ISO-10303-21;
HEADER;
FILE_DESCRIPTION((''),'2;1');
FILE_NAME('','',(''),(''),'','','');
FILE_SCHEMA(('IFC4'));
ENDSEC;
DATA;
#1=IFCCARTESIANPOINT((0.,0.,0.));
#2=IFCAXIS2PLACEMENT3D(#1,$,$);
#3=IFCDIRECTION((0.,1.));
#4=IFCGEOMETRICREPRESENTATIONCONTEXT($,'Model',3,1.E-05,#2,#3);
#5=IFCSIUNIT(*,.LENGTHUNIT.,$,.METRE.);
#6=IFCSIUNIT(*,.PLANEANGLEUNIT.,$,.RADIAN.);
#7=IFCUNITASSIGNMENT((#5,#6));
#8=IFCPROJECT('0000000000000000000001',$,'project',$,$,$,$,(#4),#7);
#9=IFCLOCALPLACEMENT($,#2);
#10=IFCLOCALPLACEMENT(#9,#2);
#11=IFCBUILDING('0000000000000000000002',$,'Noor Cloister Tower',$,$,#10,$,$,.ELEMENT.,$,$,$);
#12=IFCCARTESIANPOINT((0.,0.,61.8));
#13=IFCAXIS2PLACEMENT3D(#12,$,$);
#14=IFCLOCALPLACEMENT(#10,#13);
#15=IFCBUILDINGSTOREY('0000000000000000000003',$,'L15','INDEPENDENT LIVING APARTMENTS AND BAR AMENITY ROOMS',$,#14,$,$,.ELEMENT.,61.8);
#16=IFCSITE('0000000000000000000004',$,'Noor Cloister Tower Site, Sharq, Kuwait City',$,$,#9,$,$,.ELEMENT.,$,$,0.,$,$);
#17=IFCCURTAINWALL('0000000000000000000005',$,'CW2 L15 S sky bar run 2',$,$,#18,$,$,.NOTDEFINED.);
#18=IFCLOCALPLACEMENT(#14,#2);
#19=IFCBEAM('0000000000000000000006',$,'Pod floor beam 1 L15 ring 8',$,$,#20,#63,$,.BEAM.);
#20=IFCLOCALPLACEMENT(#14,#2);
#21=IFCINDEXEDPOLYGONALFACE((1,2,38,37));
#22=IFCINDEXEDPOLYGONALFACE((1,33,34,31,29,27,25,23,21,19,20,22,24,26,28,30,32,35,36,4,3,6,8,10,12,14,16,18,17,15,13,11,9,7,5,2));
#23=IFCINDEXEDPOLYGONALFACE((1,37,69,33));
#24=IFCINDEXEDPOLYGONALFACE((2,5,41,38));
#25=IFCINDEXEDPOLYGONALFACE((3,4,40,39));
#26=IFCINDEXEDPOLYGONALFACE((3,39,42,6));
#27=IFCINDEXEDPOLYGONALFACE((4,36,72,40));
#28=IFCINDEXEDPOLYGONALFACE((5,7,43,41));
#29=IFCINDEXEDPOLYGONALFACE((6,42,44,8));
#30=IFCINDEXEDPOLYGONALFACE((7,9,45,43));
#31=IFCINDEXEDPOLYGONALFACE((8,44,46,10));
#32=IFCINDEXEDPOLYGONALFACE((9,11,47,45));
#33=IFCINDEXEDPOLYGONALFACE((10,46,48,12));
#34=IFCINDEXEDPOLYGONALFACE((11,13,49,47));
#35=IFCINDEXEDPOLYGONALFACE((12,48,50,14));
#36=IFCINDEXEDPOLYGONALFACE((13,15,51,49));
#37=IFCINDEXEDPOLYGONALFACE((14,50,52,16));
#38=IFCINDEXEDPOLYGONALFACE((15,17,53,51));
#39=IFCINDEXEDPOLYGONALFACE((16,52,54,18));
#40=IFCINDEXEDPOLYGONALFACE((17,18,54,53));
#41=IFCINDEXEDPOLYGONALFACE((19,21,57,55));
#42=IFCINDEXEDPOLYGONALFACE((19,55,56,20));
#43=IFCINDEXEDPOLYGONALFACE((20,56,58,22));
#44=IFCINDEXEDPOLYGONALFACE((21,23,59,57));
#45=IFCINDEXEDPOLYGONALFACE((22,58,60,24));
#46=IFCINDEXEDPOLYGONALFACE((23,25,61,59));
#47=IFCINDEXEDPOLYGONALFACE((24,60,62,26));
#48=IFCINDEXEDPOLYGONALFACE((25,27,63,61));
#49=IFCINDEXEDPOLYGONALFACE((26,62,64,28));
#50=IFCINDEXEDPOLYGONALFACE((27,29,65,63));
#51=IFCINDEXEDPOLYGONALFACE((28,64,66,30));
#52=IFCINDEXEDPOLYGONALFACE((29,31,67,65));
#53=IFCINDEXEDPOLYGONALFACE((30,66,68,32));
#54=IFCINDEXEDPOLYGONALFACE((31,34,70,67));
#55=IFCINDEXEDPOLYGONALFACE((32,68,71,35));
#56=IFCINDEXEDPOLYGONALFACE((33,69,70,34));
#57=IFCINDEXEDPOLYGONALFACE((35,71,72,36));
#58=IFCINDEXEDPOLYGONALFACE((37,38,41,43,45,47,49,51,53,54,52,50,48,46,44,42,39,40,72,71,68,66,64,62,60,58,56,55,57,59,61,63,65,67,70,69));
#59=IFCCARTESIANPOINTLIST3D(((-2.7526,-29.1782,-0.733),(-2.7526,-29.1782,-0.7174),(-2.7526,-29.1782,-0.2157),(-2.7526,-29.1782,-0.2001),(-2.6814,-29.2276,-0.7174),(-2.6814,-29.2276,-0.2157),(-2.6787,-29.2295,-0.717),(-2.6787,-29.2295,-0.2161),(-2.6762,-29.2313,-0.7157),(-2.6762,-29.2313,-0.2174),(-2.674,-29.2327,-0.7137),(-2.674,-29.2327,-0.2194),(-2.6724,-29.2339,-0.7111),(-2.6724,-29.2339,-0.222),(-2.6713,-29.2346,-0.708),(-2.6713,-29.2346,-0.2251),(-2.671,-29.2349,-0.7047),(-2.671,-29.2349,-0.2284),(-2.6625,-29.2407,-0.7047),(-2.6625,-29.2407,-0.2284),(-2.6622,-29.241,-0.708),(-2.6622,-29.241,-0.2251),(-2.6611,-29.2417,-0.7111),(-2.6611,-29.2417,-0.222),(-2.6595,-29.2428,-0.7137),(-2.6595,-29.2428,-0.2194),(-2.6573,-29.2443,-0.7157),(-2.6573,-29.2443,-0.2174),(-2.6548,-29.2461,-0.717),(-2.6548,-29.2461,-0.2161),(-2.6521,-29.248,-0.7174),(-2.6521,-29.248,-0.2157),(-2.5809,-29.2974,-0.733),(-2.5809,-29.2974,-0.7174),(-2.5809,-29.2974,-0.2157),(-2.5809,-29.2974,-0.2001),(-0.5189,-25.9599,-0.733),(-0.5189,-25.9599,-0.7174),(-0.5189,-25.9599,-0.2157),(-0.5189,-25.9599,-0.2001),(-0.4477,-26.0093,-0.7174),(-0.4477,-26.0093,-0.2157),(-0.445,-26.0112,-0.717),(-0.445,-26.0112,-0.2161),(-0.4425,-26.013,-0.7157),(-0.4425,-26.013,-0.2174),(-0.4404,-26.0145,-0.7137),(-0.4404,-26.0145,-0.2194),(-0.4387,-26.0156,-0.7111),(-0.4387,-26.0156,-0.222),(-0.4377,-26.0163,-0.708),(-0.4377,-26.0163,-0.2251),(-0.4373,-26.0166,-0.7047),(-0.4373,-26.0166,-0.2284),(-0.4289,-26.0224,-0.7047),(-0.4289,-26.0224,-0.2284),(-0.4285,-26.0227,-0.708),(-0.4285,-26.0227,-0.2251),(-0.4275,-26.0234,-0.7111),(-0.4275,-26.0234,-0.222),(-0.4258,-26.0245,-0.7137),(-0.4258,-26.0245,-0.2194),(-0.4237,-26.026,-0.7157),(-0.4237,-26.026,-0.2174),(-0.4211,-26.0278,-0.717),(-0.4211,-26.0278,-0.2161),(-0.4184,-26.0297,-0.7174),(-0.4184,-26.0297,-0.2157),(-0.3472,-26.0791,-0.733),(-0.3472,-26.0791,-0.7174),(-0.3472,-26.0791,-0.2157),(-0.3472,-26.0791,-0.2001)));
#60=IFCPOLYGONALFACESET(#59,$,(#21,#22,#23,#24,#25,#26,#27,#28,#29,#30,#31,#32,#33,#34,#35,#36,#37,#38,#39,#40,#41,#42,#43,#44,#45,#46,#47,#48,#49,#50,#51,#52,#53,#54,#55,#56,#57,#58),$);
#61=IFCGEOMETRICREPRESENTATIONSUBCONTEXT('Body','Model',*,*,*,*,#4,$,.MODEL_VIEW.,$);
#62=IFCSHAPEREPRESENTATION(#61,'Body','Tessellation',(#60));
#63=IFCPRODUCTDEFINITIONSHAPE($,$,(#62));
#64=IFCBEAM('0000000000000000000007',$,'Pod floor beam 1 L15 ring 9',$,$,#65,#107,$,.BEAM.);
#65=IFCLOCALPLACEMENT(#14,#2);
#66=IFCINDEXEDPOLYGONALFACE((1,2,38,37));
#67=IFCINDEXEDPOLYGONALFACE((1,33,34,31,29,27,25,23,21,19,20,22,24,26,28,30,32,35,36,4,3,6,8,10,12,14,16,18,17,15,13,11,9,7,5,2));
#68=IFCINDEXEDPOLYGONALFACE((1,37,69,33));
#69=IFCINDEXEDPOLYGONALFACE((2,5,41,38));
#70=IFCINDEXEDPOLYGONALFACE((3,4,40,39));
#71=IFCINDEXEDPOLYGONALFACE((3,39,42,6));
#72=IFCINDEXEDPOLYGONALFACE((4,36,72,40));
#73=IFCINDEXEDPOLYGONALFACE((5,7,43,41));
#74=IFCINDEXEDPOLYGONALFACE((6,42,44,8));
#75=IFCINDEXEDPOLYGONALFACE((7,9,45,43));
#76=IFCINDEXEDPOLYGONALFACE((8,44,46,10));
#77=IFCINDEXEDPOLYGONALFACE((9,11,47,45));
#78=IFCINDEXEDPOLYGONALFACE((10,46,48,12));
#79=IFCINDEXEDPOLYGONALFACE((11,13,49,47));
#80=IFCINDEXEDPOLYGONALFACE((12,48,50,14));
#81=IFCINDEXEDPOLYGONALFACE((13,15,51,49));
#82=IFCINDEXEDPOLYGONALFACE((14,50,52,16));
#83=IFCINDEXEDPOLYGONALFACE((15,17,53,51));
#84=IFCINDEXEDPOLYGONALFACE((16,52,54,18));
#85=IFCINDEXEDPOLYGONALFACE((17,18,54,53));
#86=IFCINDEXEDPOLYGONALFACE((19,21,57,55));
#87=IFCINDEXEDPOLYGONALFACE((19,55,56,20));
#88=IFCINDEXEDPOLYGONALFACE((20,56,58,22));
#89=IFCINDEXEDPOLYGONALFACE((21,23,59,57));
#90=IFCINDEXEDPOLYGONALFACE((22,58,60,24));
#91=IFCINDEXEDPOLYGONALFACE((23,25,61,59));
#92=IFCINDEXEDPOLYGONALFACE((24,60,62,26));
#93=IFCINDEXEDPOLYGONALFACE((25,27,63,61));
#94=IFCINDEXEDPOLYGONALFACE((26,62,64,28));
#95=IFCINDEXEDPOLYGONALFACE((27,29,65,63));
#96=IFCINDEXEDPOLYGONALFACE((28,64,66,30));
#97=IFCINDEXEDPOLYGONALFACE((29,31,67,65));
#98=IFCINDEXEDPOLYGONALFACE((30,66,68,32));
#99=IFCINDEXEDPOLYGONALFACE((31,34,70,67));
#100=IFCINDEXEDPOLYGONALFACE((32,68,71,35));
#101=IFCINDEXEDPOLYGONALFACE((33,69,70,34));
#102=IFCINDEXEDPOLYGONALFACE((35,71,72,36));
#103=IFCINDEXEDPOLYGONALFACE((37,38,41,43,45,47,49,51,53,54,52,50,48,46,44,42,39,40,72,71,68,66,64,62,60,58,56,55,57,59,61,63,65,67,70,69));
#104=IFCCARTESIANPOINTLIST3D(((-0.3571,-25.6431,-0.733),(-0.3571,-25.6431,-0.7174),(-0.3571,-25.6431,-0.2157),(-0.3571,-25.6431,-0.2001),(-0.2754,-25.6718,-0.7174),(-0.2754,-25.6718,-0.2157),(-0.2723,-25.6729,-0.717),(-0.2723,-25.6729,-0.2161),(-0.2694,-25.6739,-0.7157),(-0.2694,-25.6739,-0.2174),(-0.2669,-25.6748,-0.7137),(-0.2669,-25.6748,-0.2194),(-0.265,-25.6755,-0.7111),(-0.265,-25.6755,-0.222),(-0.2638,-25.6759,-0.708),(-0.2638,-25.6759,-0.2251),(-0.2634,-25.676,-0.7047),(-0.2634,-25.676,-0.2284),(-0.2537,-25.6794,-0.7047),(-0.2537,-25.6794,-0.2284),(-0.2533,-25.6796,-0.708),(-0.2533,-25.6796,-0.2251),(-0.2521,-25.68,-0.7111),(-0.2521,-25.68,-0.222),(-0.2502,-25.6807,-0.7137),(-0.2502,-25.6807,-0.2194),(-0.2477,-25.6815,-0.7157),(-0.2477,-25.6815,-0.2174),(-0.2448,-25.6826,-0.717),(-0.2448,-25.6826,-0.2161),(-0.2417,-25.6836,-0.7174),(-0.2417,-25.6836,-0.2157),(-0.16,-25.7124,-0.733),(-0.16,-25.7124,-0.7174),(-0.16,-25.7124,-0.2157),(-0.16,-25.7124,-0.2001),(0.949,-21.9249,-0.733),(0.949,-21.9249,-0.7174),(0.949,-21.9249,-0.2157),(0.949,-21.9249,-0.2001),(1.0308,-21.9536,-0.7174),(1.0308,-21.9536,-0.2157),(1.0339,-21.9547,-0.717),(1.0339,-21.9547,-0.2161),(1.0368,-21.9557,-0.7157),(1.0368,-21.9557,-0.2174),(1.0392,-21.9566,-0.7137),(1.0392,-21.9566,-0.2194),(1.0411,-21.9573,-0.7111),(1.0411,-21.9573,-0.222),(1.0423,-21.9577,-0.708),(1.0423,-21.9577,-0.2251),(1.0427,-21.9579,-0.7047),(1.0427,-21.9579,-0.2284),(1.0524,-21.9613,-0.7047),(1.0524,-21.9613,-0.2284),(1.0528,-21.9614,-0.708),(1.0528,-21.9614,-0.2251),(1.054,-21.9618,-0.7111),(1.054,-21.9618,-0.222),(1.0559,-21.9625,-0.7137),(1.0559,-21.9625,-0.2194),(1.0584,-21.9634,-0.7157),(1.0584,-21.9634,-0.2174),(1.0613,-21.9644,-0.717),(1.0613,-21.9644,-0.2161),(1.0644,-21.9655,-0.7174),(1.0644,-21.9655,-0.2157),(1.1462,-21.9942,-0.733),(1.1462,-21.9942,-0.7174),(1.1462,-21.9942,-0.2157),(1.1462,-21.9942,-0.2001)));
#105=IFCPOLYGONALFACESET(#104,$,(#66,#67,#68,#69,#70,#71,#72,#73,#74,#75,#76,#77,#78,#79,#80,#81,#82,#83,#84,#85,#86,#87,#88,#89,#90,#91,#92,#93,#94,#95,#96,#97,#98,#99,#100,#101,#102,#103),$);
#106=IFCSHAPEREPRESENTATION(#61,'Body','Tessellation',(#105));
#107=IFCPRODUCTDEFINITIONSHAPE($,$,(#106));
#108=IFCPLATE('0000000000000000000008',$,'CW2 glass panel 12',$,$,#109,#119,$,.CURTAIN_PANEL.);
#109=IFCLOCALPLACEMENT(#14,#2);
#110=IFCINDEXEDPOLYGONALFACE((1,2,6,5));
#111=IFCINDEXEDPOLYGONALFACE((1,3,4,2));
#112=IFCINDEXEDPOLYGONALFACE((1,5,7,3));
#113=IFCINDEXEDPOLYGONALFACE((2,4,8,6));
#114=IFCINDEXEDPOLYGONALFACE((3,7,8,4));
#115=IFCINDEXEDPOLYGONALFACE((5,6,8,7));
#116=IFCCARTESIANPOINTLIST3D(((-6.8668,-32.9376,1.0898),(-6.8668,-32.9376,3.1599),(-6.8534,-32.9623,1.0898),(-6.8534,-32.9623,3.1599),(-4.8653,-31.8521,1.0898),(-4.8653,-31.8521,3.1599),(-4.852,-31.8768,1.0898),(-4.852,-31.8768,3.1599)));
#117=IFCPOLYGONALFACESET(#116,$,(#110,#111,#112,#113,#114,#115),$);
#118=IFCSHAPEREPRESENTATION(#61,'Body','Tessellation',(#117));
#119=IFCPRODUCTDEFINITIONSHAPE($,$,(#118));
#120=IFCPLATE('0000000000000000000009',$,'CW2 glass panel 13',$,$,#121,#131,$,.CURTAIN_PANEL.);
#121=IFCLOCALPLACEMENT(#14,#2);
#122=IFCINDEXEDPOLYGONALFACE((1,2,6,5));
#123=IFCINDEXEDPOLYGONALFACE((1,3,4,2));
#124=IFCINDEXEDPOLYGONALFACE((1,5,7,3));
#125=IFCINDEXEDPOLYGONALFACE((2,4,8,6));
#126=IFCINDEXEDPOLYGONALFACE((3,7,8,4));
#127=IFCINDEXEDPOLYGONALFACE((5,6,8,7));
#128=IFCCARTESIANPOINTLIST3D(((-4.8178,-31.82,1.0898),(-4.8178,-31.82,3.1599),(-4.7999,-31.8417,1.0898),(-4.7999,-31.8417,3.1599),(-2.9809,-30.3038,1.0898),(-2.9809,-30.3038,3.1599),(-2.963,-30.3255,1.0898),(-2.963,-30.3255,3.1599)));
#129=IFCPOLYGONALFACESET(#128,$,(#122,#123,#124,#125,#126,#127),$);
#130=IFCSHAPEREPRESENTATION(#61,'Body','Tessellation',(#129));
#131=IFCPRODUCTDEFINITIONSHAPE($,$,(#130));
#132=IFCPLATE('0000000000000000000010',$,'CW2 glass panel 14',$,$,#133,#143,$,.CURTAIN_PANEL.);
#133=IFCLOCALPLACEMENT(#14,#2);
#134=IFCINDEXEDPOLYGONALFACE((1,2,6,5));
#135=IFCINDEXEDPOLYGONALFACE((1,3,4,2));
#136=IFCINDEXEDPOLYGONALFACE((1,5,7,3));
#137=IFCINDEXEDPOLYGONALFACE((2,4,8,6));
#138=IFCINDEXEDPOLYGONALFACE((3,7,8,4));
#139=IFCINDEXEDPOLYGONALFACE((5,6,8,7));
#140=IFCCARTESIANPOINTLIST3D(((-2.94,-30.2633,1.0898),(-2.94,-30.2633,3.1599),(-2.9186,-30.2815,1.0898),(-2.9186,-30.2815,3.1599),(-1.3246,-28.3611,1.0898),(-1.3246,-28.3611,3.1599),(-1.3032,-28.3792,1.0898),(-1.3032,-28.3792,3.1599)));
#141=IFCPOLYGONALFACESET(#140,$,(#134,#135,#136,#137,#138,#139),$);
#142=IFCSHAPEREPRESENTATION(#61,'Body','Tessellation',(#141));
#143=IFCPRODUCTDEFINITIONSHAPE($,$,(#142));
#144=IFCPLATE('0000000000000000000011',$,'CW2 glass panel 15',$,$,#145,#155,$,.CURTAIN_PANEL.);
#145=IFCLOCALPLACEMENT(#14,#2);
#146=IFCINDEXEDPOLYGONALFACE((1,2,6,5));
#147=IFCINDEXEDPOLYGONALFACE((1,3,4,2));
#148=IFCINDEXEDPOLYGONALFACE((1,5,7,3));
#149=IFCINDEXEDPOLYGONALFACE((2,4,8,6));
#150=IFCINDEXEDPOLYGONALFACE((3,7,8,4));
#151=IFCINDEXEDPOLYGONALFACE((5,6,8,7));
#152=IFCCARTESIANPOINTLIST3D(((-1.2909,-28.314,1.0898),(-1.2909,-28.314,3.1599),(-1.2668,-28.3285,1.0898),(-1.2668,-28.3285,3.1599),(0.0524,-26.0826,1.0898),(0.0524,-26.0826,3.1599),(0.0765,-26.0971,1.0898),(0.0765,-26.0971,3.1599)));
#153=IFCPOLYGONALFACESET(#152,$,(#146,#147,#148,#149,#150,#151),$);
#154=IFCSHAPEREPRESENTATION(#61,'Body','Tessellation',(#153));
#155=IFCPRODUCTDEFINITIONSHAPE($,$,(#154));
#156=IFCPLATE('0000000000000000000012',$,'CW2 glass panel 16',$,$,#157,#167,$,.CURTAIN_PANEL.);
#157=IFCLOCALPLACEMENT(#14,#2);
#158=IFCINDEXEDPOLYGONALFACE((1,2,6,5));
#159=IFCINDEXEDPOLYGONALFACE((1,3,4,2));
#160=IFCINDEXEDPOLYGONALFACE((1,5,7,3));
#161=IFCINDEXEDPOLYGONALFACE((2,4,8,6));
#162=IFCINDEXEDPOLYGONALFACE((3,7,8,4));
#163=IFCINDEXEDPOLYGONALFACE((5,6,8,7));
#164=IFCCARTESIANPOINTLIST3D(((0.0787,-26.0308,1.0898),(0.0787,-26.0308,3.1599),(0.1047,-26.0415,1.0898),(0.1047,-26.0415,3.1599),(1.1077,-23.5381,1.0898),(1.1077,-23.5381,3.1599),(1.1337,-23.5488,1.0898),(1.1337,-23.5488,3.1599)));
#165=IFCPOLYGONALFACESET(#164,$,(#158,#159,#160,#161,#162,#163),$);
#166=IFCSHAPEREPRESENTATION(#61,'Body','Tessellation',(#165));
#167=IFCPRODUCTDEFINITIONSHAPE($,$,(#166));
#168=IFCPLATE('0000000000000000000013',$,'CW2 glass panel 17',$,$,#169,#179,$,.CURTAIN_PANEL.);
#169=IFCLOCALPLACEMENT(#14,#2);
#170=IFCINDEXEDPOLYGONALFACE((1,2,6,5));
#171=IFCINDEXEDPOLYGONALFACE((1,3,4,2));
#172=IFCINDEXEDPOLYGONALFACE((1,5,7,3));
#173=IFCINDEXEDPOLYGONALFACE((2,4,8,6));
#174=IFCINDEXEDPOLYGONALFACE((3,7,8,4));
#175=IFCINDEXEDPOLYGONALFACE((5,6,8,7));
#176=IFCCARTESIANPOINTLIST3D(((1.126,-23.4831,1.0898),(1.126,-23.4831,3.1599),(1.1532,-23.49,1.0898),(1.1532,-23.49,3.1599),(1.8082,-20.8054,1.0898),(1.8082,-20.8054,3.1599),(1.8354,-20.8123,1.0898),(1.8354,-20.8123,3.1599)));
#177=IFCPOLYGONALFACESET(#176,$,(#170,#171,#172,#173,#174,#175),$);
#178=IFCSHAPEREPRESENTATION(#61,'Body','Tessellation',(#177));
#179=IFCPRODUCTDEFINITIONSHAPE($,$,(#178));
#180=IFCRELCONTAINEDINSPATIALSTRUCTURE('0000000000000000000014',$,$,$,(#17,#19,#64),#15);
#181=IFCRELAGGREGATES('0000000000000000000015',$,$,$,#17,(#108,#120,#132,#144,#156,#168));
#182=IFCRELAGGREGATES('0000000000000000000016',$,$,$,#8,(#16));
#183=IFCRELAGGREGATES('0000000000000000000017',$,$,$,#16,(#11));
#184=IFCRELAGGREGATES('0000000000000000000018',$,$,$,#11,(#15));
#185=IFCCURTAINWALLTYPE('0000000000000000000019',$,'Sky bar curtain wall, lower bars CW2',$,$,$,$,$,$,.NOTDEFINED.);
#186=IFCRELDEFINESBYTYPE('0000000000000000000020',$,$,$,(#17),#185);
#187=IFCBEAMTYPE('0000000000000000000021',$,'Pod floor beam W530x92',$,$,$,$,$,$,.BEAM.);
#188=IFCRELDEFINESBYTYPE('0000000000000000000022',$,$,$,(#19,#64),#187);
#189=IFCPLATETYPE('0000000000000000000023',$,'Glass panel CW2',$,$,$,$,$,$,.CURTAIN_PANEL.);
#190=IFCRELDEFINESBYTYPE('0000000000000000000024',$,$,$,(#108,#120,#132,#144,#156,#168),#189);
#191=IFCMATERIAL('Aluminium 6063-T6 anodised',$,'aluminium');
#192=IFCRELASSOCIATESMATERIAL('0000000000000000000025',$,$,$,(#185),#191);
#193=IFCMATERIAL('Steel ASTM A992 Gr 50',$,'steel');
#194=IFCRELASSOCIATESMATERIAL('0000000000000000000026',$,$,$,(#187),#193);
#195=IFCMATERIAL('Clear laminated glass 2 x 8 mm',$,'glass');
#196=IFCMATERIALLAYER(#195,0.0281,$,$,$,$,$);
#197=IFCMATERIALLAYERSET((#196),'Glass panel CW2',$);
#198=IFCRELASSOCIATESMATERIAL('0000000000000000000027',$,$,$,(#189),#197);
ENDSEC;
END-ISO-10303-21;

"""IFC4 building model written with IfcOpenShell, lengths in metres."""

from ifc_helpers import new_model, si_unit, direction, frame, origin, origin_2d, place, context, subcontext, project, spatial, rectangle, i_section, extrude, material, layer, layer_set, material_profile, profile_set, type_object, element, aggregate, save


model = new_model("IFC4")

# Units and contexts
model_context = context("Model", 3, precision=1e-05, world=origin(), true_north=direction((0.0, 1.0)))
body_context = subcontext(model_context, "Body", "Model", "MODEL_VIEW")
ifc_project = project(units=[si_unit("LENGTHUNIT", "METRE"), si_unit("PLANEANGLEUNIT", "RADIAN")], contexts=[model_context])

# Site, building, storey
site_placement = place(None, origin())
site = spatial("IfcSite", under=ifc_project, at=site_placement, Name="Noor Cloister Tower Site, Sharq, Kuwait City", CompositionType="ELEMENT", RefElevation=0.0)
building_placement = place(site_placement, origin())
building = spatial("IfcBuilding", under=site, at=building_placement, Name="Noor Cloister Tower", CompositionType="ELEMENT")
storey_placement = place(building_placement, frame((0.0, 0.0, 61.8)))
storey = spatial("IfcBuildingStorey", under=building, at=storey_placement, Name="L15", Description="INDEPENDENT LIVING APARTMENTS AND BAR AMENITY ROOMS", CompositionType="ELEMENT", Elevation=61.8)

# Curtain wall
ifc_material_1 = material(Name="Aluminium 6063-T6 anodised", Category="aluminium")
curtain_wall_type = type_object("IfcCurtainWallType", Name="Sky bar curtain wall, lower bars CW2", PredefinedType="NOTDEFINED", material=ifc_material_1)
curtain_wall_placement = place(storey_placement, origin())
curtain_wall = element("IfcCurtainWall", 1, at=curtain_wall_placement, inside=storey, type_object=curtain_wall_type, Name="CW2 L15 S sky bar run 2", PredefinedType="NOTDEFINED")

# Beams
ifc_material_2 = material(Name="Steel ASTM A992 Gr 50", Category="steel")
ifc_material_profile_1 = material_profile(ifc_material_2, i_section(OverallWidth=0.209, OverallDepth=0.533, WebThickness=0.0103, FlangeThickness=0.0156, FilletRadius=0.0127, at=origin_2d()), Name="W530x92")
ifc_profile_set_1 = profile_set([ifc_material_profile_1], Name="Steel ASTM A992 Gr 50")
beam_type = type_object("IfcBeamType", Name="Pod floor beam W530x92", PredefinedType="BEAM", material=ifc_profile_set_1)
beam_1_placement = place(storey_placement, frame((-2.6667, -29.2378, -0.4666), z_axis=(0.570179, 0.821521, 0.0), x_axis=(-0.821521, 0.570179, 0.0)))
element("IfcBeam", 2, at=beam_1_placement, inside=storey, type_object=beam_type, Name="Pod floor beam 1 L15 ring 8", PredefinedType="BEAM", context=body_context, shape_type="SweptSolid", body=[
    extrude(i_section(OverallWidth=0.209, OverallDepth=0.533, WebThickness=0.0103, FlangeThickness=0.0156, FilletRadius=0.0127, at=origin_2d()), origin(), (0.0, 0.0, 1.0), 3.9175),
])
beam_2_placement = place(storey_placement, frame((-0.2585, -25.6777, -0.4666), z_axis=(0.331426, 0.943481, 0.0), x_axis=(-0.943481, 0.331426, 0.0)))
element("IfcBeam", 3, at=beam_2_placement, inside=storey, type_object=beam_type, Name="Pod floor beam 1 L15 ring 9", PredefinedType="BEAM", context=body_context, shape_type="SweptSolid", body=[
    extrude(i_section(OverallWidth=0.209, OverallDepth=0.533, WebThickness=0.0103, FlangeThickness=0.0156, FilletRadius=0.0127, at=origin_2d()), origin(), (0.0, 0.0, 1.0), 3.9409),
])

# Plates
ifc_material_3 = material(Name="Clear laminated glass 2 x 8 mm", Category="glass")
ifc_layer_1 = layer(ifc_material_3, 0.0281)
ifc_layer_set_1 = layer_set([ifc_layer_1], Name="Glass panel CW2")
plate_type = type_object("IfcPlateType", Name="Glass panel CW2", PredefinedType="CURTAIN_PANEL", material=ifc_layer_set_1)
plate_1_placement = place(storey_placement, frame((-5.8594, -32.4072, 1.0898), z_axis=(0.0, 0.0, 1.0), x_axis=(0.879037, 0.476753, 0.0)))
plate_1 = element("IfcPlate", 4, at=plate_1_placement, type_object=plate_type, Name="CW2 glass panel 12", PredefinedType="CURTAIN_PANEL", context=body_context, shape_type="SweptSolid", body=[
    extrude(rectangle(XDim=2.2769, YDim=0.0281, at=origin_2d()), origin(), (0.0, 0.0, 1.0), 2.0701),
])
plate_2_placement = place(storey_placement, frame((-3.8904, -31.0728, 1.0898), z_axis=(0.0, 0.0, 1.0), x_axis=(0.771217, 0.636572, 0.0)))
plate_2 = element("IfcPlate", 5, at=plate_2_placement, type_object=plate_type, Name="CW2 glass panel 13", PredefinedType="CURTAIN_PANEL", context=body_context, shape_type="SweptSolid", body=[
    extrude(rectangle(XDim=2.3818, YDim=0.0281, at=origin_2d()), origin(), (0.0, 0.0, 1.0), 2.0701),
])
plate_3_placement = place(storey_placement, frame((-2.1216, -29.3213, 1.0898), z_axis=(0.0, 0.0, 1.0), x_axis=(0.647278, 0.762254, 0.0)))
plate_3 = element("IfcPlate", 6, at=plate_3_placement, type_object=plate_type, Name="CW2 glass panel 14", PredefinedType="CURTAIN_PANEL", context=body_context, shape_type="SweptSolid", body=[
    extrude(rectangle(XDim=2.4956, YDim=0.0281, at=origin_2d()), origin(), (0.0, 0.0, 1.0), 2.0701),
])
plate_4_placement = place(storey_placement, frame((-0.6072, -27.2056, 1.0898), z_axis=(0.0, 0.0, 1.0), x_axis=(0.51576, 0.856733, 0.0)))
plate_4 = element("IfcPlate", 7, at=plate_4_placement, type_object=plate_type, Name="CW2 glass panel 15", PredefinedType="CURTAIN_PANEL", context=body_context, shape_type="SweptSolid", body=[
    extrude(rectangle(XDim=2.6045, YDim=0.0281, at=origin_2d()), origin(), (0.0, 0.0, 1.0), 2.0701),
])
plate_5_placement = place(storey_placement, frame((0.6062, -24.7898, 1.0898), z_axis=(0.0, 0.0, 1.0), x_axis=(0.381572, 0.924339, 0.0)))
plate_5 = element("IfcPlate", 8, at=plate_5_placement, type_object=plate_type, Name="CW2 glass panel 16", PredefinedType="CURTAIN_PANEL", context=body_context, shape_type="SweptSolid", body=[
    extrude(rectangle(XDim=2.6968, YDim=0.0281, at=origin_2d()), origin(), (0.0, 0.0, 1.0), 2.0701),
])
plate_6_placement = place(storey_placement, frame((1.4807, -22.1477, 1.0898), z_axis=(0.0, 0.0, 1.0), x_axis=(0.246893, 0.969043, 0.0)))
plate_6 = element("IfcPlate", 9, at=plate_6_placement, type_object=plate_type, Name="CW2 glass panel 17", PredefinedType="CURTAIN_PANEL", context=body_context, shape_type="SweptSolid", body=[
    extrude(rectangle(XDim=2.7632, YDim=0.0281, at=origin_2d()), origin(), (0.0, 0.0, 1.0), 2.0701),
])
aggregate(curtain_wall, [plate_1, plate_2, plate_3, plate_4, plate_5, plate_6])

save(model, "model.ifc")
